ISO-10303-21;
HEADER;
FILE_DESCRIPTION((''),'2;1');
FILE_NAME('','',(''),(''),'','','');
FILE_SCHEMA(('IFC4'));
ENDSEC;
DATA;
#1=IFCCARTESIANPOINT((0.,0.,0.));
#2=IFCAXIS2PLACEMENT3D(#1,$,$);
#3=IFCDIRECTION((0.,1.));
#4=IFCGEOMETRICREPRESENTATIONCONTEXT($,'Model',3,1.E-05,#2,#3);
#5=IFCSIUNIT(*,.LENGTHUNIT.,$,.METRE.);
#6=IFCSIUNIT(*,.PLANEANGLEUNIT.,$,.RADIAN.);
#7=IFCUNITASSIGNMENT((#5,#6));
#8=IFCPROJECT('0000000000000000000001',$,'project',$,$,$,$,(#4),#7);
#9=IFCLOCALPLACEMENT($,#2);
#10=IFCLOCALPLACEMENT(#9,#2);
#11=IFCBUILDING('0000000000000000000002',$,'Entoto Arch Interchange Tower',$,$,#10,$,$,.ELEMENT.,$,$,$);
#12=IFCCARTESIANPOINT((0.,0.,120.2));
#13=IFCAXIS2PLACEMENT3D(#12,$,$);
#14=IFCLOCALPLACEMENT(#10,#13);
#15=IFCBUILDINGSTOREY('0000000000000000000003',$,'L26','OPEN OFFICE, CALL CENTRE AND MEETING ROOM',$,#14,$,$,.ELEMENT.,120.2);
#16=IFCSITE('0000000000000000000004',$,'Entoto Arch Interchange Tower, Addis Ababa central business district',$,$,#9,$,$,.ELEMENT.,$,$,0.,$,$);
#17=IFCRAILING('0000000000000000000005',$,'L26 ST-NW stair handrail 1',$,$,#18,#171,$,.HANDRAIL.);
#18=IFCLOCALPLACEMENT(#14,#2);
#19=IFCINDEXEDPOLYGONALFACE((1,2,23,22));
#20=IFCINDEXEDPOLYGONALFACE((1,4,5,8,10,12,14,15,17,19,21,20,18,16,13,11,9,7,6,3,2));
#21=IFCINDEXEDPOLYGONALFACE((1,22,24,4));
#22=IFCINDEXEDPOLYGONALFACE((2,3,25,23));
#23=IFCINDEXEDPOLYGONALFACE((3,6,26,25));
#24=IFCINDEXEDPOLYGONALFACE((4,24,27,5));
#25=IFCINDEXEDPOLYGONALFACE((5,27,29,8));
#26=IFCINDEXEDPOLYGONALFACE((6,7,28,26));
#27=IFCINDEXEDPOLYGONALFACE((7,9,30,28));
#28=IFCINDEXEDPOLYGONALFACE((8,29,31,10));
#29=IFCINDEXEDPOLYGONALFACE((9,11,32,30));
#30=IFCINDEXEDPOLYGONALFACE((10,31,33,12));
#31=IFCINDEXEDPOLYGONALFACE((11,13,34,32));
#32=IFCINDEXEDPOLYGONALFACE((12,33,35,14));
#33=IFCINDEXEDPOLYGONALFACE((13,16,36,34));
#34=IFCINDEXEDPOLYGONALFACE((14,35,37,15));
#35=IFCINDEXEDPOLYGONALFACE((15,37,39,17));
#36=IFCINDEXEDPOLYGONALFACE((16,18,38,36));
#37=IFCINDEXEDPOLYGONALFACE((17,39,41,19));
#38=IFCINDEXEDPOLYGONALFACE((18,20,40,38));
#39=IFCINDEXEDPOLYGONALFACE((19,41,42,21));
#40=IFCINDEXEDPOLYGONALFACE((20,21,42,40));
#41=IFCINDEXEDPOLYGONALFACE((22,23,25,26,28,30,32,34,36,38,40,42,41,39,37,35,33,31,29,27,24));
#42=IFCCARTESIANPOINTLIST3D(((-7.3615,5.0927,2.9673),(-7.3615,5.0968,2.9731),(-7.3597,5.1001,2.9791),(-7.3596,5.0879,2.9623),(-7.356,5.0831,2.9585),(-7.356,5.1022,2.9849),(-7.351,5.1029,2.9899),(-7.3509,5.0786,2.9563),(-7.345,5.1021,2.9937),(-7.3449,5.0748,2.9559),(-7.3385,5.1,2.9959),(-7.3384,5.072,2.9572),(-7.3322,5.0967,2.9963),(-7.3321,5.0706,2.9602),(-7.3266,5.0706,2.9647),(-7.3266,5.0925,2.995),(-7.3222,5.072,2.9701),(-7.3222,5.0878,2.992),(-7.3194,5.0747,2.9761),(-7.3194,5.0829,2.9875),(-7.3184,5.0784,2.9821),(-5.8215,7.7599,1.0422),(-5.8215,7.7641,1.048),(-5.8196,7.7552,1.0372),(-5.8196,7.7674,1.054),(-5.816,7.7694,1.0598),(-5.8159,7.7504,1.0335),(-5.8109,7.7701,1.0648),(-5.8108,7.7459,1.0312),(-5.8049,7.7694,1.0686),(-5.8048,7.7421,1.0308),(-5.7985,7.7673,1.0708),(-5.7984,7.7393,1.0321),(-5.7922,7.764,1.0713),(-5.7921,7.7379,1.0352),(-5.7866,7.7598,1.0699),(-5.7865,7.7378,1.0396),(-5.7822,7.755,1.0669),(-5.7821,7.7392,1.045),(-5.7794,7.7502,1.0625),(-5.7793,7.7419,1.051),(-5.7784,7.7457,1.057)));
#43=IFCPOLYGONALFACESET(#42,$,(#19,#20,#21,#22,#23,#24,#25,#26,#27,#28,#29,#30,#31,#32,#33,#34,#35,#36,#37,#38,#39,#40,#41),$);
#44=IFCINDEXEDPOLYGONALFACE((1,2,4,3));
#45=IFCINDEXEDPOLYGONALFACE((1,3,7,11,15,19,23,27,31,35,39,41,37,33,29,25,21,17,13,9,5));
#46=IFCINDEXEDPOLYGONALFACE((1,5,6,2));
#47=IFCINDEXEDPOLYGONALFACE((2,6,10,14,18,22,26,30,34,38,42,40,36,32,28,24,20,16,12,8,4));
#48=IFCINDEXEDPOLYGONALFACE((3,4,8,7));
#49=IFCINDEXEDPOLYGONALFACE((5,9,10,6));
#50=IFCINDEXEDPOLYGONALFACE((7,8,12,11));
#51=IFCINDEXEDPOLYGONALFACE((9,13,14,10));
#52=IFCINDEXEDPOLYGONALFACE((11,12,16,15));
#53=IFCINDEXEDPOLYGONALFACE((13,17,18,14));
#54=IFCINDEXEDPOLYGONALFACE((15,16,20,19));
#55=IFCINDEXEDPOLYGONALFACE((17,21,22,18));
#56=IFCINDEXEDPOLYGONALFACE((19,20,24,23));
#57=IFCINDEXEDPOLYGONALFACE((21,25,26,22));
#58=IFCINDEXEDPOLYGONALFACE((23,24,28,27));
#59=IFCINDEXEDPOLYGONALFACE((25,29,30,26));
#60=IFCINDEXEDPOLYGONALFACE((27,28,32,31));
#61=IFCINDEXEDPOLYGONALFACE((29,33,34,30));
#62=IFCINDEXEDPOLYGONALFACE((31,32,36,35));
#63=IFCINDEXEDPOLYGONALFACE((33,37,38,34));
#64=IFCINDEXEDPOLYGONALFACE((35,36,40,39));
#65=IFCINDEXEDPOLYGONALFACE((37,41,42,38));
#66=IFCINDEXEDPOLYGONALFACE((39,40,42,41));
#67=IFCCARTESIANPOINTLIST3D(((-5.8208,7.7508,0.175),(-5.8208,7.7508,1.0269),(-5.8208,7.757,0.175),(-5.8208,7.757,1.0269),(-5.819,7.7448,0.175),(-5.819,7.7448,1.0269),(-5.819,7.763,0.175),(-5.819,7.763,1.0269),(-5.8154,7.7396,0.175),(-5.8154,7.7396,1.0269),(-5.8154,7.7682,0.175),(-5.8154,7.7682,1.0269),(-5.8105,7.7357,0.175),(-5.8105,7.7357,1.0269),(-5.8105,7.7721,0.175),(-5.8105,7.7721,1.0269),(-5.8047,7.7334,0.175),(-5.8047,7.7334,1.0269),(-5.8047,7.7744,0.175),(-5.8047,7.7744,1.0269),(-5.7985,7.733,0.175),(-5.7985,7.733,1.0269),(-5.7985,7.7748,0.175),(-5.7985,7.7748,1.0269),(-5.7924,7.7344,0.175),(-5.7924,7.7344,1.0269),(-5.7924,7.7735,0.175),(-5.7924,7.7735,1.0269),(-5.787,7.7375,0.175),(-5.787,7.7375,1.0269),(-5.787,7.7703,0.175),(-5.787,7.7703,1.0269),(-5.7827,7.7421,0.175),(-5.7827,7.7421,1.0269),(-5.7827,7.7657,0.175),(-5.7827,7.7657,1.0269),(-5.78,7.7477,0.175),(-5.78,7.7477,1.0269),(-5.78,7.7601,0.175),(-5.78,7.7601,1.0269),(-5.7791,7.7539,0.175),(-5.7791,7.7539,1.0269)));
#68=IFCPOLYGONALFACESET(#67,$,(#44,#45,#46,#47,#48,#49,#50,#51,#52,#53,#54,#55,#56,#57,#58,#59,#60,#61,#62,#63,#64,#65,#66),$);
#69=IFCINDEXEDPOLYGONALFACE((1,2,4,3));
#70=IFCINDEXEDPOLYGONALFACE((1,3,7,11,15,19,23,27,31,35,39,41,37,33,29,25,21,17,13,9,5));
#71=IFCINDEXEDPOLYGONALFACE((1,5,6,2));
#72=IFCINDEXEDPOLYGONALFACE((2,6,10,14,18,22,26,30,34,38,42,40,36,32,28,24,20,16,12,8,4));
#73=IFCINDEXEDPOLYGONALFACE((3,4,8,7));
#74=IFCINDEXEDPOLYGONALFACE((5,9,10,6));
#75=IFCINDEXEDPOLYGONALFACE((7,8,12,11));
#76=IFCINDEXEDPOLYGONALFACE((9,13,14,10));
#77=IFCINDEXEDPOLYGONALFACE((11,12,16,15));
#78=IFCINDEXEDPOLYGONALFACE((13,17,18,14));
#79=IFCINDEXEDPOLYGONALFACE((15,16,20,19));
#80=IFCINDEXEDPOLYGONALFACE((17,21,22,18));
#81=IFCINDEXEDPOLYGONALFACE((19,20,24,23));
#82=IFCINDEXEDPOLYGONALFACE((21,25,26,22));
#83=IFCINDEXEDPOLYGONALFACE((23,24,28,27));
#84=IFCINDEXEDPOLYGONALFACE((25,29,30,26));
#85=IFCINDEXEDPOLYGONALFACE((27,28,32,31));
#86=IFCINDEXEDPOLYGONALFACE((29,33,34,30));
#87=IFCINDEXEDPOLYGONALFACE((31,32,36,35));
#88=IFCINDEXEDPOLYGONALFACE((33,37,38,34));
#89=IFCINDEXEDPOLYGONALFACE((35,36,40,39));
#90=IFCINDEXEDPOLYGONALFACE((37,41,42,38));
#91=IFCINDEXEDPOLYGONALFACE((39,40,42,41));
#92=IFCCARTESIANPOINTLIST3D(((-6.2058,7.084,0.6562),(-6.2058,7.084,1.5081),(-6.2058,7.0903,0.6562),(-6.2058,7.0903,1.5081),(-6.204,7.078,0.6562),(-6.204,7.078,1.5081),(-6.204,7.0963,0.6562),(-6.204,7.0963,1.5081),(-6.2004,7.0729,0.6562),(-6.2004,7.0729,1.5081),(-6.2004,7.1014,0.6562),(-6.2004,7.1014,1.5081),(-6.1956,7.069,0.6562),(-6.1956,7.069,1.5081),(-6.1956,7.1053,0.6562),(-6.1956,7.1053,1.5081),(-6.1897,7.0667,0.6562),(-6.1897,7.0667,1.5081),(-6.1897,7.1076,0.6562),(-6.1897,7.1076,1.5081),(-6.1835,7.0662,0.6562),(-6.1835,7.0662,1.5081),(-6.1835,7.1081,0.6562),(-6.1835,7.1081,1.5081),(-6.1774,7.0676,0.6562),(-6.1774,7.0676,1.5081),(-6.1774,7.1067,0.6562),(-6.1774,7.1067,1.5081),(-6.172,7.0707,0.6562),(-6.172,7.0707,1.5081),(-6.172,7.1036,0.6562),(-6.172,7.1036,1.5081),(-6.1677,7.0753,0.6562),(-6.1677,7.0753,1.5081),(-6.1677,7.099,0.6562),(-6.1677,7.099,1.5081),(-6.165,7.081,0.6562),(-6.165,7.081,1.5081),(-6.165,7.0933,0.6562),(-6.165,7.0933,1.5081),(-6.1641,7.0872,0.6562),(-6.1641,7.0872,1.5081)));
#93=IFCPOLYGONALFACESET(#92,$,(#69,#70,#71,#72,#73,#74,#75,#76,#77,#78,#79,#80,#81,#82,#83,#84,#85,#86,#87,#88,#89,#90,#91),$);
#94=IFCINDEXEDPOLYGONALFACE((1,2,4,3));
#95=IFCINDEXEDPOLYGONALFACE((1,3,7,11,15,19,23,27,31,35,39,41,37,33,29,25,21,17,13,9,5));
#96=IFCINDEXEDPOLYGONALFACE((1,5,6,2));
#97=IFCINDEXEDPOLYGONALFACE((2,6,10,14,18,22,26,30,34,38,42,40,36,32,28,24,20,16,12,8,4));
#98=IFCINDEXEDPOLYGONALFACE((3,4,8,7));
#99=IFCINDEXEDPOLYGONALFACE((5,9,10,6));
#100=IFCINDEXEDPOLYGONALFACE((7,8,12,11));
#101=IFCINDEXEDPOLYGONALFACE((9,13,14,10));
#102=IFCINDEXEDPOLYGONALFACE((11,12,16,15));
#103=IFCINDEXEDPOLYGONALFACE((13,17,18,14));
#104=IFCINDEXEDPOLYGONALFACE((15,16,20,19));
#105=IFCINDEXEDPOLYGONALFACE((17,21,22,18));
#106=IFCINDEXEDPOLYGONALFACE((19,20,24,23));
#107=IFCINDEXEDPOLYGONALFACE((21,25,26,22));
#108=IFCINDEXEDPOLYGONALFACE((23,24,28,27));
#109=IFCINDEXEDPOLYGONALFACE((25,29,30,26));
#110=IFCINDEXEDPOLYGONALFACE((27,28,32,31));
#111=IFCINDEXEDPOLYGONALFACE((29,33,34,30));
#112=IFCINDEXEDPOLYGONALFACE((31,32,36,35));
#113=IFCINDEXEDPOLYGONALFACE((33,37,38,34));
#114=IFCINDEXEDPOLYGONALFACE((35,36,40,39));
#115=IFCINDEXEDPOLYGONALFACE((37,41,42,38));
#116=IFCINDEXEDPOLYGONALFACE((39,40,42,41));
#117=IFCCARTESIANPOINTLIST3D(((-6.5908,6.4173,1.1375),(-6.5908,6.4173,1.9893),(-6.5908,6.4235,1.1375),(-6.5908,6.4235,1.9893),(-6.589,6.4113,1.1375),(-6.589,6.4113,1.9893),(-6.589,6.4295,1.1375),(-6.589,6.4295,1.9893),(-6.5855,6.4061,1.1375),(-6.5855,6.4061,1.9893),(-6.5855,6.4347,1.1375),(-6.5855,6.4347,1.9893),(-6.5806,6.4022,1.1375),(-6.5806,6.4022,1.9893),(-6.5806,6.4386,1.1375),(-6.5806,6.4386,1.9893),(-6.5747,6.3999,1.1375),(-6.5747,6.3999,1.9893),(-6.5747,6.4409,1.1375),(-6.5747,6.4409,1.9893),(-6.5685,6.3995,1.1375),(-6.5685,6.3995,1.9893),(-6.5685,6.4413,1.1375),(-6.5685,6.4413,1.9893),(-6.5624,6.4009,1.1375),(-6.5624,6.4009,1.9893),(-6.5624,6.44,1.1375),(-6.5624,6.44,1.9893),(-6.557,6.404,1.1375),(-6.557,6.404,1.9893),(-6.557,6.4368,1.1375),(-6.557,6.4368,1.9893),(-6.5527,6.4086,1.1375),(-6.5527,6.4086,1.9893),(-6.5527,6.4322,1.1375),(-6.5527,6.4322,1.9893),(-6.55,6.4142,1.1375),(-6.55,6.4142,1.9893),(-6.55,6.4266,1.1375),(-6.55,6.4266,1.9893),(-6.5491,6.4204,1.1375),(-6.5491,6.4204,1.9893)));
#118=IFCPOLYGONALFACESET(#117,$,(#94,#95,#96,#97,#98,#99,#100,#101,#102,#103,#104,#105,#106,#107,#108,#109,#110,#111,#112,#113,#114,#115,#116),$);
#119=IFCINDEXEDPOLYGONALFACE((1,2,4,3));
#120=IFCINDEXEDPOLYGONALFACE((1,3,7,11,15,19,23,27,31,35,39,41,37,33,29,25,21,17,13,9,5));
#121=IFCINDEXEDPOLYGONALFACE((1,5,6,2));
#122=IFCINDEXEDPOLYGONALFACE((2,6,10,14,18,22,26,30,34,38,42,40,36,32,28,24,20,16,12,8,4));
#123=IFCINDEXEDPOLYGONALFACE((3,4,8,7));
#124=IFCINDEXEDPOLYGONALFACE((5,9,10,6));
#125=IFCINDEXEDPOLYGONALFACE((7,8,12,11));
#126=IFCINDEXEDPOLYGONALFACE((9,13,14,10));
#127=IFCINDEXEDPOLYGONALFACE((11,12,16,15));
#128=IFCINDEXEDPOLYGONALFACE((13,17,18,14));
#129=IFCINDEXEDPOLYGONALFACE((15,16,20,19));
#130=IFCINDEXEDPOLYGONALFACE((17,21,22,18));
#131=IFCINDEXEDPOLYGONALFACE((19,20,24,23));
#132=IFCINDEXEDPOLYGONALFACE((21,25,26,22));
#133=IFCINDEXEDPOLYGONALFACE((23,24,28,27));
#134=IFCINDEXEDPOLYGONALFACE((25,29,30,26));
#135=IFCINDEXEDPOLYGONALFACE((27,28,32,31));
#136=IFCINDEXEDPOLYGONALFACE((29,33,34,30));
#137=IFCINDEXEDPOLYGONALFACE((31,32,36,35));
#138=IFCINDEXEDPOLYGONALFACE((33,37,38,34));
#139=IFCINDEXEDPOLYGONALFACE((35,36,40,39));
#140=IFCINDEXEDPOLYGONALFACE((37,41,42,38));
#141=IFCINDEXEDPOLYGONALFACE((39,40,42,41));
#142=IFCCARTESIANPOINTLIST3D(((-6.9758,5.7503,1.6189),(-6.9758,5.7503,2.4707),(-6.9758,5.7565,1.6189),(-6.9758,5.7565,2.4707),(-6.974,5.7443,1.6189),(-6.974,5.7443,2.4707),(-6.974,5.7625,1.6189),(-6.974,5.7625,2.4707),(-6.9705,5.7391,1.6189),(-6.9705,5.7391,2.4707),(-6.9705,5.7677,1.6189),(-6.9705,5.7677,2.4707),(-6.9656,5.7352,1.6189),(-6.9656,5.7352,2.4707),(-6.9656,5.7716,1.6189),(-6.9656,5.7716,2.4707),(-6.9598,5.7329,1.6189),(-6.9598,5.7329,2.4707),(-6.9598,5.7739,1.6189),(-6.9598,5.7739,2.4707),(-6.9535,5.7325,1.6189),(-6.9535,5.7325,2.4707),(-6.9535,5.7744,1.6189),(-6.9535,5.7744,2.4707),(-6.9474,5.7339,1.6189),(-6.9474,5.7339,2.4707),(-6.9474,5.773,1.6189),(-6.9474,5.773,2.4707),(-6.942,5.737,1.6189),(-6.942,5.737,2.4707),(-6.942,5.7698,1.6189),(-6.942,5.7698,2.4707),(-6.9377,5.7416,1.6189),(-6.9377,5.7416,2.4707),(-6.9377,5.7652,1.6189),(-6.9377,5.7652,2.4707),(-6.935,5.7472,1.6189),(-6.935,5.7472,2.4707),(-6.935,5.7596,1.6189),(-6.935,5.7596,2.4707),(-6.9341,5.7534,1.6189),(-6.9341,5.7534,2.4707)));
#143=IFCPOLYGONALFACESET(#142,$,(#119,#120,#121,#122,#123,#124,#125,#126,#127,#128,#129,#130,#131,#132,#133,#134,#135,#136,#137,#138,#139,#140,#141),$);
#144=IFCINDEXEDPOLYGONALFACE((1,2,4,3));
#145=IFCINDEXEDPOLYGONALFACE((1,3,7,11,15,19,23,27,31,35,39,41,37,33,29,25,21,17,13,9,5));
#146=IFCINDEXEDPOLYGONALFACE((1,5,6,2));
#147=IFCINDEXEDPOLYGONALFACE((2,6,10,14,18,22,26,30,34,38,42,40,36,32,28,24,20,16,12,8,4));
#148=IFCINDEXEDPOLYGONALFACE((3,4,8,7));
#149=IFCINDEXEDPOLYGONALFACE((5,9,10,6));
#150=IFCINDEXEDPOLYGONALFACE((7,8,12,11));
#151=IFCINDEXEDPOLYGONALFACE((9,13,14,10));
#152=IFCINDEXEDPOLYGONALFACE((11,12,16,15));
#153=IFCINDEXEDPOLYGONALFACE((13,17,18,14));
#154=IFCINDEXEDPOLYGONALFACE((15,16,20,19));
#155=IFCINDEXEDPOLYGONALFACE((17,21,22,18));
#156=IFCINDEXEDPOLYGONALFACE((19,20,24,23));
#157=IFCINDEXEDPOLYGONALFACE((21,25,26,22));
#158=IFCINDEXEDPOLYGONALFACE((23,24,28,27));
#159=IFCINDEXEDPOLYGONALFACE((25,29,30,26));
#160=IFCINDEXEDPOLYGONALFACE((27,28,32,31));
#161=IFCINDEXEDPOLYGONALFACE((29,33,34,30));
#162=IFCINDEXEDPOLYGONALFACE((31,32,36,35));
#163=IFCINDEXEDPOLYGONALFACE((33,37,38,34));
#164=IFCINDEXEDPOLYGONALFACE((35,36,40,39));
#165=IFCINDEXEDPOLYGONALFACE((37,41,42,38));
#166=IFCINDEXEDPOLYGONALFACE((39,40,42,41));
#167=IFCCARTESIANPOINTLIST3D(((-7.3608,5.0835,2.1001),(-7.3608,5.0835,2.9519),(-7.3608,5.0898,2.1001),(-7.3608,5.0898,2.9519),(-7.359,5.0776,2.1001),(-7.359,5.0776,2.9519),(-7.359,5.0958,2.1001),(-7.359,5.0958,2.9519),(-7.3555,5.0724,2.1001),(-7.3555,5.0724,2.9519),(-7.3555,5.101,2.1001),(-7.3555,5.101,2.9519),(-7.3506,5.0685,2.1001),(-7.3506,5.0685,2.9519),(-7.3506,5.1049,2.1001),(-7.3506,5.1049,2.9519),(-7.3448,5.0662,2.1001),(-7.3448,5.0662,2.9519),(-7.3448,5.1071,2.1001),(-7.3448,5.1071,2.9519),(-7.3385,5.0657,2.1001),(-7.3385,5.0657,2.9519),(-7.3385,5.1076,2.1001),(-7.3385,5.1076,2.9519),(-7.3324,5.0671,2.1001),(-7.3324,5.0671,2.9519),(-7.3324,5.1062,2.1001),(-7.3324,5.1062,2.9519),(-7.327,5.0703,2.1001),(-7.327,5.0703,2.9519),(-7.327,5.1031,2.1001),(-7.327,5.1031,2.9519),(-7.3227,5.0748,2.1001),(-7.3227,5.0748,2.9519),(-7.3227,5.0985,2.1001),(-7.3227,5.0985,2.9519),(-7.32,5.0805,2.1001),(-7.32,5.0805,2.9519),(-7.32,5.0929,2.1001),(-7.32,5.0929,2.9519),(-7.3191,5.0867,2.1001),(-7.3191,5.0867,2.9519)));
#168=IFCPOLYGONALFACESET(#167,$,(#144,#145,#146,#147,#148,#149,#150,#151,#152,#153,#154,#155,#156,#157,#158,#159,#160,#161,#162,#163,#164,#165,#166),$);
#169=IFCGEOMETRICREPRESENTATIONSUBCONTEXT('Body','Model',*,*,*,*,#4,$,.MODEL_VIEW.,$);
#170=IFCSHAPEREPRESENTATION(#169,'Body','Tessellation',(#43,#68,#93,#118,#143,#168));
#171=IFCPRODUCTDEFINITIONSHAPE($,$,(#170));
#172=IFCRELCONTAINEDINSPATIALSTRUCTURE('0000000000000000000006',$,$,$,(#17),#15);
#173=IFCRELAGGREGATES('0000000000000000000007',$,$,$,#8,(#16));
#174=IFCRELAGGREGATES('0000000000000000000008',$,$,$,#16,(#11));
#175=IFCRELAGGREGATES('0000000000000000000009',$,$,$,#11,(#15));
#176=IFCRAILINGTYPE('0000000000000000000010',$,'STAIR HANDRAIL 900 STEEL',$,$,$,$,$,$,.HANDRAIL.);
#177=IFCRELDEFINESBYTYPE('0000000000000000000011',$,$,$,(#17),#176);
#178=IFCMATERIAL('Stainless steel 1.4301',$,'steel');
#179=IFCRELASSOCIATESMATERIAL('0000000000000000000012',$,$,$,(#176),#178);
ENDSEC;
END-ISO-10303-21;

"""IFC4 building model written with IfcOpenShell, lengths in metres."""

from ifc_helpers import new_model, si_unit, direction, frame, origin, origin_2d, place, context, subcontext, project, spatial, circle, extrude, material, type_object, element, save


model = new_model("IFC4")

# Units and contexts
model_context = context("Model", 3, precision=1e-05, world=origin(), true_north=direction((0.0, 1.0)))
body_context = subcontext(model_context, "Body", "Model", "MODEL_VIEW")
ifc_project = project(units=[si_unit("LENGTHUNIT", "METRE"), si_unit("PLANEANGLEUNIT", "RADIAN")], contexts=[model_context])

# Site, building, storey
site_placement = place(None, origin())
site = spatial("IfcSite", under=ifc_project, at=site_placement, Name="Entoto Arch Interchange Tower, Addis Ababa central business district", CompositionType="ELEMENT", RefElevation=0.0)
building_placement = place(site_placement, origin())
building = spatial("IfcBuilding", under=site, at=building_placement, Name="Entoto Arch Interchange Tower", CompositionType="ELEMENT")
storey_placement = place(building_placement, frame((0.0, 0.0, 120.2)))
storey = spatial("IfcBuildingStorey", under=building, at=storey_placement, Name="L26", Description="OPEN OFFICE, CALL CENTRE AND MEETING ROOM", CompositionType="ELEMENT", Elevation=120.2)

# Railing
ifc_material_1 = material(Name="Stainless steel 1.4301", Category="steel")
railing_type_1 = type_object("IfcRailingType", Name="STAIR HANDRAIL 900 STEEL", PredefinedType="HANDRAIL", material=ifc_material_1)
railing_1_placement = place(storey_placement, frame((-5.8, 7.7539, 0.175)))
element("IfcRailing", 1, at=railing_1_placement, inside=storey, type_object=railing_type_1, Name="L26 ST-NW stair handrail 1", PredefinedType="HANDRAIL", context=body_context, shape_type="SweptSolid", body=[
    extrude(circle(Radius=0.0239, at=origin_2d()), frame((0.0, 0.0, 0.876), z_axis=(-0.424015, -0.734364, 0.530019), x_axis=(0.86601, -0.500027, 0.0)), (0.0, 0.0, 1.0), 3.6321),
    extrude(circle(Radius=0.021, at=origin_2d()), origin(), (0.0, 0.0, 1.0), 0.8518),
    extrude(circle(Radius=0.021, at=origin_2d()), frame((-0.385, -0.6667, 0.4812)), (0.0, 0.0, 1.0), 0.8518),
    extrude(circle(Radius=0.021, at=origin_2d()), frame((-0.77, -1.3335, 0.9624)), (0.0, 0.0, 1.0), 0.8518),
    extrude(circle(Radius=0.021, at=origin_2d()), frame((-1.155, -2.0005, 1.4438)), (0.0, 0.0, 1.0), 0.8518),
    extrude(circle(Radius=0.021, at=origin_2d()), frame((-1.54, -2.6672, 1.925)), (0.0, 0.0, 1.0), 0.8518),
])

save(model, "model.ifc")
